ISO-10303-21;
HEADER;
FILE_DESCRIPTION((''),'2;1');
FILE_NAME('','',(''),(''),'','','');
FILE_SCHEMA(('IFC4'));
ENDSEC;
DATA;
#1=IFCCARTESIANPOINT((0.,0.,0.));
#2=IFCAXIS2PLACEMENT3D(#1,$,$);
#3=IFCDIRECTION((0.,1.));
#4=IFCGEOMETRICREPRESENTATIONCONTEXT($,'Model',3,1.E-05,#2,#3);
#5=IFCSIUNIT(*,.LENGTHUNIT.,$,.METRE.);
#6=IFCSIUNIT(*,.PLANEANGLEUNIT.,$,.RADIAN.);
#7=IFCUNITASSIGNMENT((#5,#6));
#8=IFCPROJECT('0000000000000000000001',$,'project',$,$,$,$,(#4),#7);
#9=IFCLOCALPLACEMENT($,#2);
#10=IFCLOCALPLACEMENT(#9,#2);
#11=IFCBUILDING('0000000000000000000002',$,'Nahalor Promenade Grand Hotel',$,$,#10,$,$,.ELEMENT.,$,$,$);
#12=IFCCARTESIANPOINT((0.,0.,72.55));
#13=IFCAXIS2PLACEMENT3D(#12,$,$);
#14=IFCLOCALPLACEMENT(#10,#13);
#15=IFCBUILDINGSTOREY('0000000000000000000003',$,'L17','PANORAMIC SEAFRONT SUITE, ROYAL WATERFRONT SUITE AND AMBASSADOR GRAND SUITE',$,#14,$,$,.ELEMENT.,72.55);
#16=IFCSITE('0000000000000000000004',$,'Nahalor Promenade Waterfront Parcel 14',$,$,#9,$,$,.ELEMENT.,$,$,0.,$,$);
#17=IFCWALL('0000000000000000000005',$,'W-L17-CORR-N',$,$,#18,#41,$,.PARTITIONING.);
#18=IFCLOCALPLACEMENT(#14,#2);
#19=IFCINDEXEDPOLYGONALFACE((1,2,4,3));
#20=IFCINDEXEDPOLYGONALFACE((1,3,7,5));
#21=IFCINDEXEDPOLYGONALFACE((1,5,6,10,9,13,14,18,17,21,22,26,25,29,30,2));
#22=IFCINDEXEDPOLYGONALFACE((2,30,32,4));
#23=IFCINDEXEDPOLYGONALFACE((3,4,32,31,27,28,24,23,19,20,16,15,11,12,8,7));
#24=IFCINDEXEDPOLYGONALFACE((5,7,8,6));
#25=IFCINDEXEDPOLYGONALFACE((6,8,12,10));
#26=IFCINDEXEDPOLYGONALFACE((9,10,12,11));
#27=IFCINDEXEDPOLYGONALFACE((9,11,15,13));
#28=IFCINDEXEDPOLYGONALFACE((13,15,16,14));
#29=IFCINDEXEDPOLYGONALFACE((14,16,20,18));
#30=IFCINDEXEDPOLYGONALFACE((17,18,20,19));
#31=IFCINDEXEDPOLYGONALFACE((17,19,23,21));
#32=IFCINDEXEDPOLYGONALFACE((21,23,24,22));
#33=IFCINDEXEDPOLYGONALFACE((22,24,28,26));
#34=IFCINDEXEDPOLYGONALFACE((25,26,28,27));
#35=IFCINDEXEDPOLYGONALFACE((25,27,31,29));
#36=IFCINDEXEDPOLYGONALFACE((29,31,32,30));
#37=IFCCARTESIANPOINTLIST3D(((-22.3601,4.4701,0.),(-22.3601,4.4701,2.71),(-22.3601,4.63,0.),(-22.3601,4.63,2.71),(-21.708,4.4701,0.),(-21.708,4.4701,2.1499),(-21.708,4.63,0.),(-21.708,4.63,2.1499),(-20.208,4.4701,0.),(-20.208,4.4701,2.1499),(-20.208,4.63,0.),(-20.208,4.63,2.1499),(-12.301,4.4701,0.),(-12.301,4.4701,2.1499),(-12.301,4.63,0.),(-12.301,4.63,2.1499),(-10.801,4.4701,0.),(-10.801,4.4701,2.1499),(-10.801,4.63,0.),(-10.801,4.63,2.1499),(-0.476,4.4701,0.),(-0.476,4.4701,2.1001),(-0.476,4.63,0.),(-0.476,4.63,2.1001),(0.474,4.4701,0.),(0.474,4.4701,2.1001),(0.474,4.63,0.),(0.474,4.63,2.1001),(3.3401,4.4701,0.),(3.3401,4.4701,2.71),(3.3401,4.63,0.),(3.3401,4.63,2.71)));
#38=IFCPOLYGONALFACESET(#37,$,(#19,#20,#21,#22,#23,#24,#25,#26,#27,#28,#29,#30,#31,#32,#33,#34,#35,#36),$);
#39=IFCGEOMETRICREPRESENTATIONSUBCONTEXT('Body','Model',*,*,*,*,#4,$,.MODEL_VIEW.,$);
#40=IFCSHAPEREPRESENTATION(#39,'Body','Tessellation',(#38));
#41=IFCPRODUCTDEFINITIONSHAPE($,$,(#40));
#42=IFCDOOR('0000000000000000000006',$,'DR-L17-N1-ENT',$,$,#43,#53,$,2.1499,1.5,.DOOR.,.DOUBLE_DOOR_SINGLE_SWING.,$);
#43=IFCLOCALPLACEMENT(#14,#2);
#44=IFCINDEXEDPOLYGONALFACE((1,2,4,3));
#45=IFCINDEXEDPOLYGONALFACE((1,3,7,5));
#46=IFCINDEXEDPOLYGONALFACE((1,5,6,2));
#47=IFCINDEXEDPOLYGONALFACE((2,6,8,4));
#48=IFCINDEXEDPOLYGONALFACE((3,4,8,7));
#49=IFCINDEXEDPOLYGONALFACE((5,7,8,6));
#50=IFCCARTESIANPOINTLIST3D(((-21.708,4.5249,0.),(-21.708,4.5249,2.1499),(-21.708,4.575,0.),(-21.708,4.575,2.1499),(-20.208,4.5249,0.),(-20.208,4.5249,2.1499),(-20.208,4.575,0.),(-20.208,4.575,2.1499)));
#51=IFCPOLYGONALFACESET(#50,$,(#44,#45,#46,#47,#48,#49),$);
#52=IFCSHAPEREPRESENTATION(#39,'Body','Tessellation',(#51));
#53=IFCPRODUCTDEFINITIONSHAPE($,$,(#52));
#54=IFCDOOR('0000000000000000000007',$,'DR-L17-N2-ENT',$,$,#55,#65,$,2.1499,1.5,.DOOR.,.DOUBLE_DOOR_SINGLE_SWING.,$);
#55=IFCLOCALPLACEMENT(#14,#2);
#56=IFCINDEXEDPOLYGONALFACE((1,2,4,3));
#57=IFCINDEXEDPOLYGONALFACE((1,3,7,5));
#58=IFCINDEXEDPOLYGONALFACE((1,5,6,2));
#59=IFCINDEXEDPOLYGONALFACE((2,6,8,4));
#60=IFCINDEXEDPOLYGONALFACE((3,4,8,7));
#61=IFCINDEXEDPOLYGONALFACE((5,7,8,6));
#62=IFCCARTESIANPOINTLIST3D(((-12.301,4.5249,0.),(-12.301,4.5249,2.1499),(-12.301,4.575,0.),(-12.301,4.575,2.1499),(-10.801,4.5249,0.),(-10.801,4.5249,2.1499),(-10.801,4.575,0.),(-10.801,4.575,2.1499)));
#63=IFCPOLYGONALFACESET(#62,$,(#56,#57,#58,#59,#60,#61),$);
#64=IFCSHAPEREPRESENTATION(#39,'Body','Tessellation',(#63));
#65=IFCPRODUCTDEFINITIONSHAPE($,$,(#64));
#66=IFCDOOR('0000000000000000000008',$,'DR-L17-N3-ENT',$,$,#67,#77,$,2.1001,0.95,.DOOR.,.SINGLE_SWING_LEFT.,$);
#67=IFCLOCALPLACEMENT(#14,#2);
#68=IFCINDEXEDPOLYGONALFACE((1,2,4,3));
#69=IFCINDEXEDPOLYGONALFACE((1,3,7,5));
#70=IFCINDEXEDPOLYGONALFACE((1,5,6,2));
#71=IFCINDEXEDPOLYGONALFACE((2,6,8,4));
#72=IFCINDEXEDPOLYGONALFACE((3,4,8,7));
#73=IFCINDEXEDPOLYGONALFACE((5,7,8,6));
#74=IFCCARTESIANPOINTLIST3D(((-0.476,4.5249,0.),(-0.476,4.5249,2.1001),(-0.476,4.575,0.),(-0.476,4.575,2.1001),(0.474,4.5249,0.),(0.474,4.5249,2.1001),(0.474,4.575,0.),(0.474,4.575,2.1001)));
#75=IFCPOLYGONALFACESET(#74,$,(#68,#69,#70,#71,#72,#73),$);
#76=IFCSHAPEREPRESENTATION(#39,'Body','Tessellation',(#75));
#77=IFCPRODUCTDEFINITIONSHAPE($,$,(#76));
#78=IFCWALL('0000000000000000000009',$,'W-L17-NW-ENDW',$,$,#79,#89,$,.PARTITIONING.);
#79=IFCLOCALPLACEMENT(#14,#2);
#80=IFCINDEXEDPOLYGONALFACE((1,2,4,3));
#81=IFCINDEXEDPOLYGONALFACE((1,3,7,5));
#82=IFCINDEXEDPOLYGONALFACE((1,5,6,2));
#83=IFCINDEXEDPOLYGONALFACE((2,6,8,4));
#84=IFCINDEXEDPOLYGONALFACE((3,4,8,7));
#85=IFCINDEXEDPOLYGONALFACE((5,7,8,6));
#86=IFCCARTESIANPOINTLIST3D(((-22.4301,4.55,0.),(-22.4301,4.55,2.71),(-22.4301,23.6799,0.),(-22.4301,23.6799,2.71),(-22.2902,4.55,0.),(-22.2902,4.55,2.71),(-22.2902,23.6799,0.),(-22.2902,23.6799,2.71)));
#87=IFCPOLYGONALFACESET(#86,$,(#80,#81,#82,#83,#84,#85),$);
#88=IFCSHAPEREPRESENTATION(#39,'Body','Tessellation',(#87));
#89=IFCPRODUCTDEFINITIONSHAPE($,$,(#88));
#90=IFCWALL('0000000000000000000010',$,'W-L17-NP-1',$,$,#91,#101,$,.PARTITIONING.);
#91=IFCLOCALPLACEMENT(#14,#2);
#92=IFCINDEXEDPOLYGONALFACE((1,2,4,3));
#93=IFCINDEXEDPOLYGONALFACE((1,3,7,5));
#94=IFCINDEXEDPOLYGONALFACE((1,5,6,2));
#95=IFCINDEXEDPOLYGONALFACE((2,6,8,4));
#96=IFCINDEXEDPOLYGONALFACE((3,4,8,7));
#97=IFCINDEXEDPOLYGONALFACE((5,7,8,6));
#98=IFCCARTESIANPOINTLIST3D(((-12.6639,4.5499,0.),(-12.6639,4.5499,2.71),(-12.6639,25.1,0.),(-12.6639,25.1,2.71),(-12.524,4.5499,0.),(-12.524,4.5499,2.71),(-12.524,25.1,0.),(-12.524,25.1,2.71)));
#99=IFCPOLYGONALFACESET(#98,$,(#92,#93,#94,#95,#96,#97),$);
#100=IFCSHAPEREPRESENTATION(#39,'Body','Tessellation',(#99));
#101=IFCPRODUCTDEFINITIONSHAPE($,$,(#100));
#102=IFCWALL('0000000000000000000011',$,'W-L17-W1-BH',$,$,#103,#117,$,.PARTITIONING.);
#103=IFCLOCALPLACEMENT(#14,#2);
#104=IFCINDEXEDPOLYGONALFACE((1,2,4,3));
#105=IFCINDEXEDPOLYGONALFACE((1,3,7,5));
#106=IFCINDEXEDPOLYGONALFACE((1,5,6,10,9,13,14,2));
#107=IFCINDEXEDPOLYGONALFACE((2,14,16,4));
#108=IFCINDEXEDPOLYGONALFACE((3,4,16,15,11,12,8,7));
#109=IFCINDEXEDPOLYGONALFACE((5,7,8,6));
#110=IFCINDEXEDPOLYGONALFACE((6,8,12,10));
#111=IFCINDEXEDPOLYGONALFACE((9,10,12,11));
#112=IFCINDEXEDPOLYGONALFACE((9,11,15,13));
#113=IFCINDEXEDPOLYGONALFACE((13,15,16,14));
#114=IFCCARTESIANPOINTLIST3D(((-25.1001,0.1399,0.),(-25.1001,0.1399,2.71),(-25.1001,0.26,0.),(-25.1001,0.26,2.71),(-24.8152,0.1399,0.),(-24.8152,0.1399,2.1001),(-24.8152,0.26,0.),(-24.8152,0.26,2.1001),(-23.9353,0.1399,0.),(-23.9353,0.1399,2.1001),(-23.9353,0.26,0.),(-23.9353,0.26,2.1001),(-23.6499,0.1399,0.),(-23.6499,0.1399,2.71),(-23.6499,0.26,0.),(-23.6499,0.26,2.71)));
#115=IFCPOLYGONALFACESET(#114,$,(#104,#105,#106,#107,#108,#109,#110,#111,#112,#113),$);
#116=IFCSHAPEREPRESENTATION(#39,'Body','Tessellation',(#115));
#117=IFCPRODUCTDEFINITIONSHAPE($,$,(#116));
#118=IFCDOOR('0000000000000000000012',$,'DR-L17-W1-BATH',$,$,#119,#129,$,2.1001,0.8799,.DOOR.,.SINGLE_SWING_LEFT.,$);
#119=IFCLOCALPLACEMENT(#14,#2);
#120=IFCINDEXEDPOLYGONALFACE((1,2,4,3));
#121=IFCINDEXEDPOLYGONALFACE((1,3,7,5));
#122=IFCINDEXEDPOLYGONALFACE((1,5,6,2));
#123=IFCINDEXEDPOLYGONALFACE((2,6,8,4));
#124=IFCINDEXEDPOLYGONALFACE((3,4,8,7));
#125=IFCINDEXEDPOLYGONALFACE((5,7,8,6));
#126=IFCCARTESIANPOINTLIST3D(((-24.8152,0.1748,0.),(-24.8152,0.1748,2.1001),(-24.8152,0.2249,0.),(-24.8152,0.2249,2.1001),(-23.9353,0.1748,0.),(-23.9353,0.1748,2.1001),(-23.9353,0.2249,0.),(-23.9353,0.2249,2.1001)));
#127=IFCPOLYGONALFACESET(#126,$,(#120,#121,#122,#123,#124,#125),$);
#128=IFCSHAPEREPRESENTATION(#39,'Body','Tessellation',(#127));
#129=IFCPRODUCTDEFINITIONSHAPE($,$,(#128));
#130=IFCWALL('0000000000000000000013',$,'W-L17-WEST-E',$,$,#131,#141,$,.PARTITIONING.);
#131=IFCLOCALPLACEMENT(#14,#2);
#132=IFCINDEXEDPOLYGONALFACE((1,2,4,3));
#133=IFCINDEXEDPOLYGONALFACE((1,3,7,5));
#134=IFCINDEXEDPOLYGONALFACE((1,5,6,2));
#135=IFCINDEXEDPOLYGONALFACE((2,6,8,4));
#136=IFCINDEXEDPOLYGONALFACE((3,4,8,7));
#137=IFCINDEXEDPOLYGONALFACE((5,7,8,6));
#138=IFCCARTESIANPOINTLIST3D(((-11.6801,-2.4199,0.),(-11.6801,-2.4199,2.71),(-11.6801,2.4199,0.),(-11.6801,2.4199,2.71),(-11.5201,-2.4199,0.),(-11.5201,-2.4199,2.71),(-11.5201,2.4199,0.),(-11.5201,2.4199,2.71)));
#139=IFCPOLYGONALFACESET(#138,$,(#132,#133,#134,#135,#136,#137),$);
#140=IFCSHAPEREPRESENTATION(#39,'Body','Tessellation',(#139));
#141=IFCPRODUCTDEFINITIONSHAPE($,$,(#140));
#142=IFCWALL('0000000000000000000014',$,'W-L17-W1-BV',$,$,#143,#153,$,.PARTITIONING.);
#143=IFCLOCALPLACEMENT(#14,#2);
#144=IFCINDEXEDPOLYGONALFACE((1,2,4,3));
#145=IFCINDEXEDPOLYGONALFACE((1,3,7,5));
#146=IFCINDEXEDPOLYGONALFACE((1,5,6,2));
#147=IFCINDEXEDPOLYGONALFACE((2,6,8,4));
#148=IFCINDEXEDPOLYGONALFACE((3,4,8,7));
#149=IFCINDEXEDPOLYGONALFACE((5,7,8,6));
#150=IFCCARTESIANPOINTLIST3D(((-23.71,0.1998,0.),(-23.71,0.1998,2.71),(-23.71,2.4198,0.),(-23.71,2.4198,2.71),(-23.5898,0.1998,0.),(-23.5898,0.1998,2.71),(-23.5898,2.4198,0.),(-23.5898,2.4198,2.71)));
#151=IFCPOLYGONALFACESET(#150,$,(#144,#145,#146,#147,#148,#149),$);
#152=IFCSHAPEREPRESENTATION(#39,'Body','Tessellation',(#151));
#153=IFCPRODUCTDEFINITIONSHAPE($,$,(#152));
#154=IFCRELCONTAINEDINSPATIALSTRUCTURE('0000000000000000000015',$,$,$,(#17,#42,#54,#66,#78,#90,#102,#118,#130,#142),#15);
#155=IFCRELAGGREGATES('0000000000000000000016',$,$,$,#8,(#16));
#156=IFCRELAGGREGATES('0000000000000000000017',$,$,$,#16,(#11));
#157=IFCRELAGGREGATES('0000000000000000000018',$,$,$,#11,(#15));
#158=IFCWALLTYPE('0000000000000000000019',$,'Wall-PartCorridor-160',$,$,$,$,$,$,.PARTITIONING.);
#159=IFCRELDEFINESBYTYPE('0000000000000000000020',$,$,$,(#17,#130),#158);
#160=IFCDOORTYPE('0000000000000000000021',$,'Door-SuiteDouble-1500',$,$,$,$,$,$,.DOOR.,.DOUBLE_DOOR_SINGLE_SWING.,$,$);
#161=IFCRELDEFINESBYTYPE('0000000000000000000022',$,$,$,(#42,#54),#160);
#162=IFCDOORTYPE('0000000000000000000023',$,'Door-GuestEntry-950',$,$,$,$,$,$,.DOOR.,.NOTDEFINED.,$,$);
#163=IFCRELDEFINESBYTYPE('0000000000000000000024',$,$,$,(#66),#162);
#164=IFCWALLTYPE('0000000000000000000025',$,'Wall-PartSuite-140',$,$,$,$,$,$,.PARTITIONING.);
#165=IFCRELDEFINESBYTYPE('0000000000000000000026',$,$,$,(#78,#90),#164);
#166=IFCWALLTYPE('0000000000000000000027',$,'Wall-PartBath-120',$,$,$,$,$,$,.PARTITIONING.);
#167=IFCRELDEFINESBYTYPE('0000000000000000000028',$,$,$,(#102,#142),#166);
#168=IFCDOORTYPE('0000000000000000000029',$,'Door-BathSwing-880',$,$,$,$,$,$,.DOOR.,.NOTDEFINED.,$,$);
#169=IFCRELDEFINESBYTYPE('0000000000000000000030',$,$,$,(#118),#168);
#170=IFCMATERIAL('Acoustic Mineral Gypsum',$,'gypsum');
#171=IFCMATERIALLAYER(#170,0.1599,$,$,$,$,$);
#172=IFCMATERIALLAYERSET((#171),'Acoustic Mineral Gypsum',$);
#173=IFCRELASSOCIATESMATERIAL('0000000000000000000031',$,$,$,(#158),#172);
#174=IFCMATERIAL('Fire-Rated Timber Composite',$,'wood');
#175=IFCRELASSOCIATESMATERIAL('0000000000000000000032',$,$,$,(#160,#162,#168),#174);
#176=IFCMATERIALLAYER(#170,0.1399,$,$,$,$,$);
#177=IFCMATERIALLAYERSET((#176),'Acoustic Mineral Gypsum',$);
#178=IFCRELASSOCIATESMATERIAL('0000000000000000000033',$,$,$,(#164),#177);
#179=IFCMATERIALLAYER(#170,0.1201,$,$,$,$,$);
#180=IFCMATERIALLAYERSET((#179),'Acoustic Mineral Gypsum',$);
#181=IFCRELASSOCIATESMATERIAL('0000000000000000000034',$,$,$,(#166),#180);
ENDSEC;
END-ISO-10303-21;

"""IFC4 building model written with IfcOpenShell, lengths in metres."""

from ifc_helpers import new_model, si_unit, direction, frame, frame_2d, origin, place, context, subcontext, project, spatial, rectangle, extrude, source, transform, mapped, material, layer, layer_set, type_object, element, fill, save


model = new_model("IFC4")

# Units and contexts
model_context = context("Model", 3, precision=1e-05, world=origin(), true_north=direction((0.0, 1.0)))
body_context = subcontext(model_context, "Body", "Model", "MODEL_VIEW")
ifc_project = project(units=[si_unit("LENGTHUNIT", "METRE"), si_unit("PLANEANGLEUNIT", "RADIAN")], contexts=[model_context])

# Site, building, storey
site_placement = place(None, origin())
site = spatial("IfcSite", under=ifc_project, at=site_placement, Name="Nahalor Promenade Waterfront Parcel 14", CompositionType="ELEMENT", RefElevation=0.0)
building_placement = place(site_placement, origin())
building = spatial("IfcBuilding", under=site, at=building_placement, Name="Nahalor Promenade Grand Hotel", CompositionType="ELEMENT")
storey_placement = place(building_placement, frame((0.0, 0.0, 72.55)))
storey = spatial("IfcBuildingStorey", under=building, at=storey_placement, Name="L17", Description="PANORAMIC SEAFRONT SUITE, ROYAL WATERFRONT SUITE AND AMBASSADOR GRAND SUITE", CompositionType="ELEMENT", Elevation=72.55)

# Wall, openings, doors
ifc_material_1 = material(Name="Acoustic Mineral Gypsum", Category="gypsum")
ifc_layer_1 = layer(ifc_material_1, 0.1599)
ifc_layer_set_1 = layer_set([ifc_layer_1], Name="Acoustic Mineral Gypsum")
wall_type_1 = type_object("IfcWallType", Name="Wall-PartCorridor-160", PredefinedType="PARTITIONING", material=ifc_layer_set_1)
shared_shape_1 = source(origin(), body_context, "Body", "SweptSolid", [
    extrude(rectangle(XDim=25.7002, YDim=0.1599, at=frame_2d((12.8501, 0.0))), origin(), (0.0, 0.0, 1.0), 2.71),
])
wall_1_placement = place(storey_placement, frame((-22.3601, 4.55, 0.0), z_axis=(0.0, 0.0, 1.0), x_axis=(1.0, 0.0, 0.0)))
wall_1 = element("IfcWall", 1, at=wall_1_placement, inside=storey, type_object=wall_type_1, Name="W-L17-CORR-N", PredefinedType="PARTITIONING", context=body_context, shape_type="MappedRepresentation", body=[
    mapped(shared_shape_1, transform((0.0, 0.0, 0.0), scale=1.0)),
])
opening_1_placement = place(wall_1_placement, frame((0.6521, 0.0, 0.0)))
opening_1 = element("IfcOpeningElement", 2, at=opening_1_placement, cuts=wall_1, PredefinedType="OPENING", context=body_context, shape_type="SweptSolid", body=[
    extrude(rectangle(XDim=1.5, YDim=2.1499, at=frame_2d((0.75, 1.075))), frame((0.0, 0.0898, 0.0), z_axis=(0.0, -1.0, 0.0), x_axis=(1.0, 0.0, 0.0)), (0.0, 0.0, 1.0), 0.1799),
])
opening_2_placement = place(wall_1_placement, frame((10.0591, 0.0, 0.0)))
opening_2 = element("IfcOpeningElement", 3, at=opening_2_placement, cuts=wall_1, PredefinedType="OPENING", context=body_context, shape_type="SweptSolid", body=[
    extrude(rectangle(XDim=1.5, YDim=2.1499, at=frame_2d((0.75, 1.075))), frame((0.0, 0.0898, 0.0), z_axis=(0.0, -1.0, 0.0), x_axis=(1.0, 0.0, 0.0)), (0.0, 0.0, 1.0), 0.1799),
])
opening_3_placement = place(wall_1_placement, frame((21.884, 0.0, 0.0)))
opening_3 = element("IfcOpeningElement", 4, at=opening_3_placement, cuts=wall_1, PredefinedType="OPENING", context=body_context, shape_type="SweptSolid", body=[
    extrude(rectangle(XDim=0.95, YDim=2.1001, at=frame_2d((0.4751, 1.05))), frame((0.0, 0.0898, 0.0), z_axis=(0.0, -1.0, 0.0), x_axis=(1.0, 0.0, 0.0)), (0.0, 0.0, 1.0), 0.1799),
])
ifc_material_2 = material(Name="Fire-Rated Timber Composite", Category="wood")
door_type_1 = type_object("IfcDoorType", Name="Door-SuiteDouble-1500", OperationType="DOUBLE_DOOR_SINGLE_SWING", PredefinedType="DOOR", material=ifc_material_2)
shared_shape_2 = source(origin(), body_context, "Body", "SweptSolid", [
    extrude(rectangle(XDim=1.5, YDim=2.1499, at=frame_2d((0.75, 1.075))), frame((0.0, 0.0249, 0.0), z_axis=(0.0, -1.0, 0.0), x_axis=(1.0, 0.0, 0.0)), (0.0, 0.0, 1.0), 0.05),
])
door_1_placement = place(opening_1_placement, origin())
door_1 = element("IfcDoor", 5, at=door_1_placement, inside=storey, type_object=door_type_1, Name="DR-L17-N1-ENT", OperationType="DOUBLE_DOOR_SINGLE_SWING", OverallHeight=2.1499, OverallWidth=1.5, PredefinedType="DOOR", context=body_context, shape_type="MappedRepresentation", body=[
    mapped(shared_shape_2, transform((0.0, 0.0, 0.0), scale=1.0)),
])
fill(opening_1, door_1)
door_2_placement = place(opening_2_placement, origin())
door_2 = element("IfcDoor", 6, at=door_2_placement, inside=storey, type_object=door_type_1, Name="DR-L17-N2-ENT", OperationType="DOUBLE_DOOR_SINGLE_SWING", OverallHeight=2.1499, OverallWidth=1.5, PredefinedType="DOOR", context=body_context, shape_type="MappedRepresentation", body=[
    mapped(shared_shape_2, transform((0.0, 0.0, 0.0), scale=1.0)),
])
fill(opening_2, door_2)
door_type_2 = type_object("IfcDoorType", Name="Door-GuestEntry-950", OperationType="NOTDEFINED", PredefinedType="DOOR", material=ifc_material_2)
shared_shape_3 = source(origin(), body_context, "Body", "SweptSolid", [
    extrude(rectangle(XDim=0.95, YDim=2.1001, at=frame_2d((0.4751, 1.05))), frame((0.0, 0.0249, 0.0), z_axis=(0.0, -1.0, 0.0), x_axis=(1.0, 0.0, 0.0)), (0.0, 0.0, 1.0), 0.05),
])
door_3_placement = place(opening_3_placement, origin())
door_3 = element("IfcDoor", 7, at=door_3_placement, inside=storey, type_object=door_type_2, Name="DR-L17-N3-ENT", OperationType="SINGLE_SWING_LEFT", OverallHeight=2.1001, OverallWidth=0.95, PredefinedType="DOOR", context=body_context, shape_type="MappedRepresentation", body=[
    mapped(shared_shape_3, transform((0.0, 0.0, 0.0), scale=1.0)),
])
fill(opening_3, door_3)

# Walls
ifc_layer_2 = layer(ifc_material_1, 0.1399)
ifc_layer_set_2 = layer_set([ifc_layer_2], Name="Acoustic Mineral Gypsum")
wall_type_2 = type_object("IfcWallType", Name="Wall-PartSuite-140", PredefinedType="PARTITIONING", material=ifc_layer_set_2)
shared_shape_4 = source(origin(), body_context, "Body", "SweptSolid", [
    extrude(rectangle(XDim=19.1299, YDim=0.1399, at=frame_2d((9.5649, 0.0))), origin(), (0.0, 0.0, 1.0), 2.71),
])
wall_2_placement = place(storey_placement, frame((-22.3601, 4.55, 0.0), z_axis=(0.0, 0.0, 1.0), x_axis=(0.0, 1.0, 0.0)))
element("IfcWall", 8, at=wall_2_placement, inside=storey, type_object=wall_type_2, Name="W-L17-NW-ENDW", PredefinedType="PARTITIONING", context=body_context, shape_type="MappedRepresentation", body=[
    mapped(shared_shape_4, transform((0.0, 0.0, 0.0), scale=1.0)),
])
shared_shape_5 = source(origin(), body_context, "Body", "SweptSolid", [
    extrude(rectangle(XDim=20.55, YDim=0.1399, at=frame_2d((10.2749, 0.0))), origin(), (0.0, 0.0, 1.0), 2.71),
])
wall_3_placement = place(storey_placement, frame((-12.594, 4.55, 0.0), z_axis=(0.0, 0.0, 1.0), x_axis=(0.0, 1.0, 0.0)))
element("IfcWall", 9, at=wall_3_placement, inside=storey, type_object=wall_type_2, Name="W-L17-NP-1", PredefinedType="PARTITIONING", context=body_context, shape_type="MappedRepresentation", body=[
    mapped(shared_shape_5, transform((0.0, 0.0, 0.0), scale=1.0)),
])

# Wall, opening, door
ifc_layer_3 = layer(ifc_material_1, 0.1201)
ifc_layer_set_3 = layer_set([ifc_layer_3], Name="Acoustic Mineral Gypsum")
wall_type_3 = type_object("IfcWallType", Name="Wall-PartBath-120", PredefinedType="PARTITIONING", material=ifc_layer_set_3)
shared_shape_6 = source(origin(), body_context, "Body", "SweptSolid", [
    extrude(rectangle(XDim=1.4502, YDim=0.1201, at=frame_2d((0.7251, 0.0))), origin(), (0.0, 0.0, 1.0), 2.71),
])
wall_4_placement = place(storey_placement, frame((-25.1001, 0.2, 0.0), z_axis=(0.0, 0.0, 1.0), x_axis=(1.0, 0.0, 0.0)))
wall_4 = element("IfcWall", 10, at=wall_4_placement, inside=storey, type_object=wall_type_3, Name="W-L17-W1-BH", PredefinedType="PARTITIONING", context=body_context, shape_type="MappedRepresentation", body=[
    mapped(shared_shape_6, transform((0.0, 0.0, 0.0), scale=1.0)),
])
opening_4_placement = place(wall_4_placement, frame((0.2849, 0.0, 0.0)))
opening_4 = element("IfcOpeningElement", 11, at=opening_4_placement, cuts=wall_4, PredefinedType="OPENING", context=body_context, shape_type="SweptSolid", body=[
    extrude(rectangle(XDim=0.8799, YDim=2.1001, at=frame_2d((0.4399, 1.05))), frame((0.0, 0.0701, 0.0), z_axis=(0.0, -1.0, 0.0), x_axis=(1.0, 0.0, 0.0)), (0.0, 0.0, 1.0), 0.1401),
])
door_type_3 = type_object("IfcDoorType", Name="Door-BathSwing-880", OperationType="NOTDEFINED", PredefinedType="DOOR", material=ifc_material_2)
shared_shape_7 = source(origin(), body_context, "Body", "SweptSolid", [
    extrude(rectangle(XDim=0.8799, YDim=2.1001, at=frame_2d((0.4399, 1.05))), frame((0.0, 0.0249, 0.0), z_axis=(0.0, -1.0, 0.0), x_axis=(1.0, 0.0, 0.0)), (0.0, 0.0, 1.0), 0.05),
])
door_4_placement = place(opening_4_placement, origin())
door_4 = element("IfcDoor", 12, at=door_4_placement, inside=storey, type_object=door_type_3, Name="DR-L17-W1-BATH", OperationType="SINGLE_SWING_LEFT", OverallHeight=2.1001, OverallWidth=0.8799, PredefinedType="DOOR", context=body_context, shape_type="MappedRepresentation", body=[
    mapped(shared_shape_7, transform((0.0, 0.0, 0.0), scale=1.0)),
])
fill(opening_4, door_4)

# Walls
shared_shape_8 = source(origin(), body_context, "Body", "SweptSolid", [
    extrude(rectangle(XDim=4.8398, YDim=0.1599, at=frame_2d((2.4199, 0.0))), origin(), (0.0, 0.0, 1.0), 2.71),
])
wall_5_placement = place(storey_placement, frame((-11.6001, -2.4199, 0.0), z_axis=(0.0, 0.0, 1.0), x_axis=(0.0, 1.0, 0.0)))
element("IfcWall", 13, at=wall_5_placement, inside=storey, type_object=wall_type_1, Name="W-L17-WEST-E", PredefinedType="PARTITIONING", context=body_context, shape_type="MappedRepresentation", body=[
    mapped(shared_shape_8, transform((0.0, 0.0, 0.0), scale=1.0)),
])
shared_shape_9 = source(origin(), body_context, "Body", "SweptSolid", [
    extrude(rectangle(XDim=2.22, YDim=0.1201, at=frame_2d((1.1099, 0.0))), origin(), (0.0, 0.0, 1.0), 2.71),
])
wall_6_placement = place(storey_placement, frame((-23.6499, 0.2, 0.0), z_axis=(0.0, 0.0, 1.0), x_axis=(0.0, 1.0, 0.0)))
element("IfcWall", 14, at=wall_6_placement, inside=storey, type_object=wall_type_3, Name="W-L17-W1-BV", PredefinedType="PARTITIONING", context=body_context, shape_type="MappedRepresentation", body=[
    mapped(shared_shape_9, transform((0.0, 0.0, 0.0), scale=1.0)),
])

save(model, "model.ifc")
